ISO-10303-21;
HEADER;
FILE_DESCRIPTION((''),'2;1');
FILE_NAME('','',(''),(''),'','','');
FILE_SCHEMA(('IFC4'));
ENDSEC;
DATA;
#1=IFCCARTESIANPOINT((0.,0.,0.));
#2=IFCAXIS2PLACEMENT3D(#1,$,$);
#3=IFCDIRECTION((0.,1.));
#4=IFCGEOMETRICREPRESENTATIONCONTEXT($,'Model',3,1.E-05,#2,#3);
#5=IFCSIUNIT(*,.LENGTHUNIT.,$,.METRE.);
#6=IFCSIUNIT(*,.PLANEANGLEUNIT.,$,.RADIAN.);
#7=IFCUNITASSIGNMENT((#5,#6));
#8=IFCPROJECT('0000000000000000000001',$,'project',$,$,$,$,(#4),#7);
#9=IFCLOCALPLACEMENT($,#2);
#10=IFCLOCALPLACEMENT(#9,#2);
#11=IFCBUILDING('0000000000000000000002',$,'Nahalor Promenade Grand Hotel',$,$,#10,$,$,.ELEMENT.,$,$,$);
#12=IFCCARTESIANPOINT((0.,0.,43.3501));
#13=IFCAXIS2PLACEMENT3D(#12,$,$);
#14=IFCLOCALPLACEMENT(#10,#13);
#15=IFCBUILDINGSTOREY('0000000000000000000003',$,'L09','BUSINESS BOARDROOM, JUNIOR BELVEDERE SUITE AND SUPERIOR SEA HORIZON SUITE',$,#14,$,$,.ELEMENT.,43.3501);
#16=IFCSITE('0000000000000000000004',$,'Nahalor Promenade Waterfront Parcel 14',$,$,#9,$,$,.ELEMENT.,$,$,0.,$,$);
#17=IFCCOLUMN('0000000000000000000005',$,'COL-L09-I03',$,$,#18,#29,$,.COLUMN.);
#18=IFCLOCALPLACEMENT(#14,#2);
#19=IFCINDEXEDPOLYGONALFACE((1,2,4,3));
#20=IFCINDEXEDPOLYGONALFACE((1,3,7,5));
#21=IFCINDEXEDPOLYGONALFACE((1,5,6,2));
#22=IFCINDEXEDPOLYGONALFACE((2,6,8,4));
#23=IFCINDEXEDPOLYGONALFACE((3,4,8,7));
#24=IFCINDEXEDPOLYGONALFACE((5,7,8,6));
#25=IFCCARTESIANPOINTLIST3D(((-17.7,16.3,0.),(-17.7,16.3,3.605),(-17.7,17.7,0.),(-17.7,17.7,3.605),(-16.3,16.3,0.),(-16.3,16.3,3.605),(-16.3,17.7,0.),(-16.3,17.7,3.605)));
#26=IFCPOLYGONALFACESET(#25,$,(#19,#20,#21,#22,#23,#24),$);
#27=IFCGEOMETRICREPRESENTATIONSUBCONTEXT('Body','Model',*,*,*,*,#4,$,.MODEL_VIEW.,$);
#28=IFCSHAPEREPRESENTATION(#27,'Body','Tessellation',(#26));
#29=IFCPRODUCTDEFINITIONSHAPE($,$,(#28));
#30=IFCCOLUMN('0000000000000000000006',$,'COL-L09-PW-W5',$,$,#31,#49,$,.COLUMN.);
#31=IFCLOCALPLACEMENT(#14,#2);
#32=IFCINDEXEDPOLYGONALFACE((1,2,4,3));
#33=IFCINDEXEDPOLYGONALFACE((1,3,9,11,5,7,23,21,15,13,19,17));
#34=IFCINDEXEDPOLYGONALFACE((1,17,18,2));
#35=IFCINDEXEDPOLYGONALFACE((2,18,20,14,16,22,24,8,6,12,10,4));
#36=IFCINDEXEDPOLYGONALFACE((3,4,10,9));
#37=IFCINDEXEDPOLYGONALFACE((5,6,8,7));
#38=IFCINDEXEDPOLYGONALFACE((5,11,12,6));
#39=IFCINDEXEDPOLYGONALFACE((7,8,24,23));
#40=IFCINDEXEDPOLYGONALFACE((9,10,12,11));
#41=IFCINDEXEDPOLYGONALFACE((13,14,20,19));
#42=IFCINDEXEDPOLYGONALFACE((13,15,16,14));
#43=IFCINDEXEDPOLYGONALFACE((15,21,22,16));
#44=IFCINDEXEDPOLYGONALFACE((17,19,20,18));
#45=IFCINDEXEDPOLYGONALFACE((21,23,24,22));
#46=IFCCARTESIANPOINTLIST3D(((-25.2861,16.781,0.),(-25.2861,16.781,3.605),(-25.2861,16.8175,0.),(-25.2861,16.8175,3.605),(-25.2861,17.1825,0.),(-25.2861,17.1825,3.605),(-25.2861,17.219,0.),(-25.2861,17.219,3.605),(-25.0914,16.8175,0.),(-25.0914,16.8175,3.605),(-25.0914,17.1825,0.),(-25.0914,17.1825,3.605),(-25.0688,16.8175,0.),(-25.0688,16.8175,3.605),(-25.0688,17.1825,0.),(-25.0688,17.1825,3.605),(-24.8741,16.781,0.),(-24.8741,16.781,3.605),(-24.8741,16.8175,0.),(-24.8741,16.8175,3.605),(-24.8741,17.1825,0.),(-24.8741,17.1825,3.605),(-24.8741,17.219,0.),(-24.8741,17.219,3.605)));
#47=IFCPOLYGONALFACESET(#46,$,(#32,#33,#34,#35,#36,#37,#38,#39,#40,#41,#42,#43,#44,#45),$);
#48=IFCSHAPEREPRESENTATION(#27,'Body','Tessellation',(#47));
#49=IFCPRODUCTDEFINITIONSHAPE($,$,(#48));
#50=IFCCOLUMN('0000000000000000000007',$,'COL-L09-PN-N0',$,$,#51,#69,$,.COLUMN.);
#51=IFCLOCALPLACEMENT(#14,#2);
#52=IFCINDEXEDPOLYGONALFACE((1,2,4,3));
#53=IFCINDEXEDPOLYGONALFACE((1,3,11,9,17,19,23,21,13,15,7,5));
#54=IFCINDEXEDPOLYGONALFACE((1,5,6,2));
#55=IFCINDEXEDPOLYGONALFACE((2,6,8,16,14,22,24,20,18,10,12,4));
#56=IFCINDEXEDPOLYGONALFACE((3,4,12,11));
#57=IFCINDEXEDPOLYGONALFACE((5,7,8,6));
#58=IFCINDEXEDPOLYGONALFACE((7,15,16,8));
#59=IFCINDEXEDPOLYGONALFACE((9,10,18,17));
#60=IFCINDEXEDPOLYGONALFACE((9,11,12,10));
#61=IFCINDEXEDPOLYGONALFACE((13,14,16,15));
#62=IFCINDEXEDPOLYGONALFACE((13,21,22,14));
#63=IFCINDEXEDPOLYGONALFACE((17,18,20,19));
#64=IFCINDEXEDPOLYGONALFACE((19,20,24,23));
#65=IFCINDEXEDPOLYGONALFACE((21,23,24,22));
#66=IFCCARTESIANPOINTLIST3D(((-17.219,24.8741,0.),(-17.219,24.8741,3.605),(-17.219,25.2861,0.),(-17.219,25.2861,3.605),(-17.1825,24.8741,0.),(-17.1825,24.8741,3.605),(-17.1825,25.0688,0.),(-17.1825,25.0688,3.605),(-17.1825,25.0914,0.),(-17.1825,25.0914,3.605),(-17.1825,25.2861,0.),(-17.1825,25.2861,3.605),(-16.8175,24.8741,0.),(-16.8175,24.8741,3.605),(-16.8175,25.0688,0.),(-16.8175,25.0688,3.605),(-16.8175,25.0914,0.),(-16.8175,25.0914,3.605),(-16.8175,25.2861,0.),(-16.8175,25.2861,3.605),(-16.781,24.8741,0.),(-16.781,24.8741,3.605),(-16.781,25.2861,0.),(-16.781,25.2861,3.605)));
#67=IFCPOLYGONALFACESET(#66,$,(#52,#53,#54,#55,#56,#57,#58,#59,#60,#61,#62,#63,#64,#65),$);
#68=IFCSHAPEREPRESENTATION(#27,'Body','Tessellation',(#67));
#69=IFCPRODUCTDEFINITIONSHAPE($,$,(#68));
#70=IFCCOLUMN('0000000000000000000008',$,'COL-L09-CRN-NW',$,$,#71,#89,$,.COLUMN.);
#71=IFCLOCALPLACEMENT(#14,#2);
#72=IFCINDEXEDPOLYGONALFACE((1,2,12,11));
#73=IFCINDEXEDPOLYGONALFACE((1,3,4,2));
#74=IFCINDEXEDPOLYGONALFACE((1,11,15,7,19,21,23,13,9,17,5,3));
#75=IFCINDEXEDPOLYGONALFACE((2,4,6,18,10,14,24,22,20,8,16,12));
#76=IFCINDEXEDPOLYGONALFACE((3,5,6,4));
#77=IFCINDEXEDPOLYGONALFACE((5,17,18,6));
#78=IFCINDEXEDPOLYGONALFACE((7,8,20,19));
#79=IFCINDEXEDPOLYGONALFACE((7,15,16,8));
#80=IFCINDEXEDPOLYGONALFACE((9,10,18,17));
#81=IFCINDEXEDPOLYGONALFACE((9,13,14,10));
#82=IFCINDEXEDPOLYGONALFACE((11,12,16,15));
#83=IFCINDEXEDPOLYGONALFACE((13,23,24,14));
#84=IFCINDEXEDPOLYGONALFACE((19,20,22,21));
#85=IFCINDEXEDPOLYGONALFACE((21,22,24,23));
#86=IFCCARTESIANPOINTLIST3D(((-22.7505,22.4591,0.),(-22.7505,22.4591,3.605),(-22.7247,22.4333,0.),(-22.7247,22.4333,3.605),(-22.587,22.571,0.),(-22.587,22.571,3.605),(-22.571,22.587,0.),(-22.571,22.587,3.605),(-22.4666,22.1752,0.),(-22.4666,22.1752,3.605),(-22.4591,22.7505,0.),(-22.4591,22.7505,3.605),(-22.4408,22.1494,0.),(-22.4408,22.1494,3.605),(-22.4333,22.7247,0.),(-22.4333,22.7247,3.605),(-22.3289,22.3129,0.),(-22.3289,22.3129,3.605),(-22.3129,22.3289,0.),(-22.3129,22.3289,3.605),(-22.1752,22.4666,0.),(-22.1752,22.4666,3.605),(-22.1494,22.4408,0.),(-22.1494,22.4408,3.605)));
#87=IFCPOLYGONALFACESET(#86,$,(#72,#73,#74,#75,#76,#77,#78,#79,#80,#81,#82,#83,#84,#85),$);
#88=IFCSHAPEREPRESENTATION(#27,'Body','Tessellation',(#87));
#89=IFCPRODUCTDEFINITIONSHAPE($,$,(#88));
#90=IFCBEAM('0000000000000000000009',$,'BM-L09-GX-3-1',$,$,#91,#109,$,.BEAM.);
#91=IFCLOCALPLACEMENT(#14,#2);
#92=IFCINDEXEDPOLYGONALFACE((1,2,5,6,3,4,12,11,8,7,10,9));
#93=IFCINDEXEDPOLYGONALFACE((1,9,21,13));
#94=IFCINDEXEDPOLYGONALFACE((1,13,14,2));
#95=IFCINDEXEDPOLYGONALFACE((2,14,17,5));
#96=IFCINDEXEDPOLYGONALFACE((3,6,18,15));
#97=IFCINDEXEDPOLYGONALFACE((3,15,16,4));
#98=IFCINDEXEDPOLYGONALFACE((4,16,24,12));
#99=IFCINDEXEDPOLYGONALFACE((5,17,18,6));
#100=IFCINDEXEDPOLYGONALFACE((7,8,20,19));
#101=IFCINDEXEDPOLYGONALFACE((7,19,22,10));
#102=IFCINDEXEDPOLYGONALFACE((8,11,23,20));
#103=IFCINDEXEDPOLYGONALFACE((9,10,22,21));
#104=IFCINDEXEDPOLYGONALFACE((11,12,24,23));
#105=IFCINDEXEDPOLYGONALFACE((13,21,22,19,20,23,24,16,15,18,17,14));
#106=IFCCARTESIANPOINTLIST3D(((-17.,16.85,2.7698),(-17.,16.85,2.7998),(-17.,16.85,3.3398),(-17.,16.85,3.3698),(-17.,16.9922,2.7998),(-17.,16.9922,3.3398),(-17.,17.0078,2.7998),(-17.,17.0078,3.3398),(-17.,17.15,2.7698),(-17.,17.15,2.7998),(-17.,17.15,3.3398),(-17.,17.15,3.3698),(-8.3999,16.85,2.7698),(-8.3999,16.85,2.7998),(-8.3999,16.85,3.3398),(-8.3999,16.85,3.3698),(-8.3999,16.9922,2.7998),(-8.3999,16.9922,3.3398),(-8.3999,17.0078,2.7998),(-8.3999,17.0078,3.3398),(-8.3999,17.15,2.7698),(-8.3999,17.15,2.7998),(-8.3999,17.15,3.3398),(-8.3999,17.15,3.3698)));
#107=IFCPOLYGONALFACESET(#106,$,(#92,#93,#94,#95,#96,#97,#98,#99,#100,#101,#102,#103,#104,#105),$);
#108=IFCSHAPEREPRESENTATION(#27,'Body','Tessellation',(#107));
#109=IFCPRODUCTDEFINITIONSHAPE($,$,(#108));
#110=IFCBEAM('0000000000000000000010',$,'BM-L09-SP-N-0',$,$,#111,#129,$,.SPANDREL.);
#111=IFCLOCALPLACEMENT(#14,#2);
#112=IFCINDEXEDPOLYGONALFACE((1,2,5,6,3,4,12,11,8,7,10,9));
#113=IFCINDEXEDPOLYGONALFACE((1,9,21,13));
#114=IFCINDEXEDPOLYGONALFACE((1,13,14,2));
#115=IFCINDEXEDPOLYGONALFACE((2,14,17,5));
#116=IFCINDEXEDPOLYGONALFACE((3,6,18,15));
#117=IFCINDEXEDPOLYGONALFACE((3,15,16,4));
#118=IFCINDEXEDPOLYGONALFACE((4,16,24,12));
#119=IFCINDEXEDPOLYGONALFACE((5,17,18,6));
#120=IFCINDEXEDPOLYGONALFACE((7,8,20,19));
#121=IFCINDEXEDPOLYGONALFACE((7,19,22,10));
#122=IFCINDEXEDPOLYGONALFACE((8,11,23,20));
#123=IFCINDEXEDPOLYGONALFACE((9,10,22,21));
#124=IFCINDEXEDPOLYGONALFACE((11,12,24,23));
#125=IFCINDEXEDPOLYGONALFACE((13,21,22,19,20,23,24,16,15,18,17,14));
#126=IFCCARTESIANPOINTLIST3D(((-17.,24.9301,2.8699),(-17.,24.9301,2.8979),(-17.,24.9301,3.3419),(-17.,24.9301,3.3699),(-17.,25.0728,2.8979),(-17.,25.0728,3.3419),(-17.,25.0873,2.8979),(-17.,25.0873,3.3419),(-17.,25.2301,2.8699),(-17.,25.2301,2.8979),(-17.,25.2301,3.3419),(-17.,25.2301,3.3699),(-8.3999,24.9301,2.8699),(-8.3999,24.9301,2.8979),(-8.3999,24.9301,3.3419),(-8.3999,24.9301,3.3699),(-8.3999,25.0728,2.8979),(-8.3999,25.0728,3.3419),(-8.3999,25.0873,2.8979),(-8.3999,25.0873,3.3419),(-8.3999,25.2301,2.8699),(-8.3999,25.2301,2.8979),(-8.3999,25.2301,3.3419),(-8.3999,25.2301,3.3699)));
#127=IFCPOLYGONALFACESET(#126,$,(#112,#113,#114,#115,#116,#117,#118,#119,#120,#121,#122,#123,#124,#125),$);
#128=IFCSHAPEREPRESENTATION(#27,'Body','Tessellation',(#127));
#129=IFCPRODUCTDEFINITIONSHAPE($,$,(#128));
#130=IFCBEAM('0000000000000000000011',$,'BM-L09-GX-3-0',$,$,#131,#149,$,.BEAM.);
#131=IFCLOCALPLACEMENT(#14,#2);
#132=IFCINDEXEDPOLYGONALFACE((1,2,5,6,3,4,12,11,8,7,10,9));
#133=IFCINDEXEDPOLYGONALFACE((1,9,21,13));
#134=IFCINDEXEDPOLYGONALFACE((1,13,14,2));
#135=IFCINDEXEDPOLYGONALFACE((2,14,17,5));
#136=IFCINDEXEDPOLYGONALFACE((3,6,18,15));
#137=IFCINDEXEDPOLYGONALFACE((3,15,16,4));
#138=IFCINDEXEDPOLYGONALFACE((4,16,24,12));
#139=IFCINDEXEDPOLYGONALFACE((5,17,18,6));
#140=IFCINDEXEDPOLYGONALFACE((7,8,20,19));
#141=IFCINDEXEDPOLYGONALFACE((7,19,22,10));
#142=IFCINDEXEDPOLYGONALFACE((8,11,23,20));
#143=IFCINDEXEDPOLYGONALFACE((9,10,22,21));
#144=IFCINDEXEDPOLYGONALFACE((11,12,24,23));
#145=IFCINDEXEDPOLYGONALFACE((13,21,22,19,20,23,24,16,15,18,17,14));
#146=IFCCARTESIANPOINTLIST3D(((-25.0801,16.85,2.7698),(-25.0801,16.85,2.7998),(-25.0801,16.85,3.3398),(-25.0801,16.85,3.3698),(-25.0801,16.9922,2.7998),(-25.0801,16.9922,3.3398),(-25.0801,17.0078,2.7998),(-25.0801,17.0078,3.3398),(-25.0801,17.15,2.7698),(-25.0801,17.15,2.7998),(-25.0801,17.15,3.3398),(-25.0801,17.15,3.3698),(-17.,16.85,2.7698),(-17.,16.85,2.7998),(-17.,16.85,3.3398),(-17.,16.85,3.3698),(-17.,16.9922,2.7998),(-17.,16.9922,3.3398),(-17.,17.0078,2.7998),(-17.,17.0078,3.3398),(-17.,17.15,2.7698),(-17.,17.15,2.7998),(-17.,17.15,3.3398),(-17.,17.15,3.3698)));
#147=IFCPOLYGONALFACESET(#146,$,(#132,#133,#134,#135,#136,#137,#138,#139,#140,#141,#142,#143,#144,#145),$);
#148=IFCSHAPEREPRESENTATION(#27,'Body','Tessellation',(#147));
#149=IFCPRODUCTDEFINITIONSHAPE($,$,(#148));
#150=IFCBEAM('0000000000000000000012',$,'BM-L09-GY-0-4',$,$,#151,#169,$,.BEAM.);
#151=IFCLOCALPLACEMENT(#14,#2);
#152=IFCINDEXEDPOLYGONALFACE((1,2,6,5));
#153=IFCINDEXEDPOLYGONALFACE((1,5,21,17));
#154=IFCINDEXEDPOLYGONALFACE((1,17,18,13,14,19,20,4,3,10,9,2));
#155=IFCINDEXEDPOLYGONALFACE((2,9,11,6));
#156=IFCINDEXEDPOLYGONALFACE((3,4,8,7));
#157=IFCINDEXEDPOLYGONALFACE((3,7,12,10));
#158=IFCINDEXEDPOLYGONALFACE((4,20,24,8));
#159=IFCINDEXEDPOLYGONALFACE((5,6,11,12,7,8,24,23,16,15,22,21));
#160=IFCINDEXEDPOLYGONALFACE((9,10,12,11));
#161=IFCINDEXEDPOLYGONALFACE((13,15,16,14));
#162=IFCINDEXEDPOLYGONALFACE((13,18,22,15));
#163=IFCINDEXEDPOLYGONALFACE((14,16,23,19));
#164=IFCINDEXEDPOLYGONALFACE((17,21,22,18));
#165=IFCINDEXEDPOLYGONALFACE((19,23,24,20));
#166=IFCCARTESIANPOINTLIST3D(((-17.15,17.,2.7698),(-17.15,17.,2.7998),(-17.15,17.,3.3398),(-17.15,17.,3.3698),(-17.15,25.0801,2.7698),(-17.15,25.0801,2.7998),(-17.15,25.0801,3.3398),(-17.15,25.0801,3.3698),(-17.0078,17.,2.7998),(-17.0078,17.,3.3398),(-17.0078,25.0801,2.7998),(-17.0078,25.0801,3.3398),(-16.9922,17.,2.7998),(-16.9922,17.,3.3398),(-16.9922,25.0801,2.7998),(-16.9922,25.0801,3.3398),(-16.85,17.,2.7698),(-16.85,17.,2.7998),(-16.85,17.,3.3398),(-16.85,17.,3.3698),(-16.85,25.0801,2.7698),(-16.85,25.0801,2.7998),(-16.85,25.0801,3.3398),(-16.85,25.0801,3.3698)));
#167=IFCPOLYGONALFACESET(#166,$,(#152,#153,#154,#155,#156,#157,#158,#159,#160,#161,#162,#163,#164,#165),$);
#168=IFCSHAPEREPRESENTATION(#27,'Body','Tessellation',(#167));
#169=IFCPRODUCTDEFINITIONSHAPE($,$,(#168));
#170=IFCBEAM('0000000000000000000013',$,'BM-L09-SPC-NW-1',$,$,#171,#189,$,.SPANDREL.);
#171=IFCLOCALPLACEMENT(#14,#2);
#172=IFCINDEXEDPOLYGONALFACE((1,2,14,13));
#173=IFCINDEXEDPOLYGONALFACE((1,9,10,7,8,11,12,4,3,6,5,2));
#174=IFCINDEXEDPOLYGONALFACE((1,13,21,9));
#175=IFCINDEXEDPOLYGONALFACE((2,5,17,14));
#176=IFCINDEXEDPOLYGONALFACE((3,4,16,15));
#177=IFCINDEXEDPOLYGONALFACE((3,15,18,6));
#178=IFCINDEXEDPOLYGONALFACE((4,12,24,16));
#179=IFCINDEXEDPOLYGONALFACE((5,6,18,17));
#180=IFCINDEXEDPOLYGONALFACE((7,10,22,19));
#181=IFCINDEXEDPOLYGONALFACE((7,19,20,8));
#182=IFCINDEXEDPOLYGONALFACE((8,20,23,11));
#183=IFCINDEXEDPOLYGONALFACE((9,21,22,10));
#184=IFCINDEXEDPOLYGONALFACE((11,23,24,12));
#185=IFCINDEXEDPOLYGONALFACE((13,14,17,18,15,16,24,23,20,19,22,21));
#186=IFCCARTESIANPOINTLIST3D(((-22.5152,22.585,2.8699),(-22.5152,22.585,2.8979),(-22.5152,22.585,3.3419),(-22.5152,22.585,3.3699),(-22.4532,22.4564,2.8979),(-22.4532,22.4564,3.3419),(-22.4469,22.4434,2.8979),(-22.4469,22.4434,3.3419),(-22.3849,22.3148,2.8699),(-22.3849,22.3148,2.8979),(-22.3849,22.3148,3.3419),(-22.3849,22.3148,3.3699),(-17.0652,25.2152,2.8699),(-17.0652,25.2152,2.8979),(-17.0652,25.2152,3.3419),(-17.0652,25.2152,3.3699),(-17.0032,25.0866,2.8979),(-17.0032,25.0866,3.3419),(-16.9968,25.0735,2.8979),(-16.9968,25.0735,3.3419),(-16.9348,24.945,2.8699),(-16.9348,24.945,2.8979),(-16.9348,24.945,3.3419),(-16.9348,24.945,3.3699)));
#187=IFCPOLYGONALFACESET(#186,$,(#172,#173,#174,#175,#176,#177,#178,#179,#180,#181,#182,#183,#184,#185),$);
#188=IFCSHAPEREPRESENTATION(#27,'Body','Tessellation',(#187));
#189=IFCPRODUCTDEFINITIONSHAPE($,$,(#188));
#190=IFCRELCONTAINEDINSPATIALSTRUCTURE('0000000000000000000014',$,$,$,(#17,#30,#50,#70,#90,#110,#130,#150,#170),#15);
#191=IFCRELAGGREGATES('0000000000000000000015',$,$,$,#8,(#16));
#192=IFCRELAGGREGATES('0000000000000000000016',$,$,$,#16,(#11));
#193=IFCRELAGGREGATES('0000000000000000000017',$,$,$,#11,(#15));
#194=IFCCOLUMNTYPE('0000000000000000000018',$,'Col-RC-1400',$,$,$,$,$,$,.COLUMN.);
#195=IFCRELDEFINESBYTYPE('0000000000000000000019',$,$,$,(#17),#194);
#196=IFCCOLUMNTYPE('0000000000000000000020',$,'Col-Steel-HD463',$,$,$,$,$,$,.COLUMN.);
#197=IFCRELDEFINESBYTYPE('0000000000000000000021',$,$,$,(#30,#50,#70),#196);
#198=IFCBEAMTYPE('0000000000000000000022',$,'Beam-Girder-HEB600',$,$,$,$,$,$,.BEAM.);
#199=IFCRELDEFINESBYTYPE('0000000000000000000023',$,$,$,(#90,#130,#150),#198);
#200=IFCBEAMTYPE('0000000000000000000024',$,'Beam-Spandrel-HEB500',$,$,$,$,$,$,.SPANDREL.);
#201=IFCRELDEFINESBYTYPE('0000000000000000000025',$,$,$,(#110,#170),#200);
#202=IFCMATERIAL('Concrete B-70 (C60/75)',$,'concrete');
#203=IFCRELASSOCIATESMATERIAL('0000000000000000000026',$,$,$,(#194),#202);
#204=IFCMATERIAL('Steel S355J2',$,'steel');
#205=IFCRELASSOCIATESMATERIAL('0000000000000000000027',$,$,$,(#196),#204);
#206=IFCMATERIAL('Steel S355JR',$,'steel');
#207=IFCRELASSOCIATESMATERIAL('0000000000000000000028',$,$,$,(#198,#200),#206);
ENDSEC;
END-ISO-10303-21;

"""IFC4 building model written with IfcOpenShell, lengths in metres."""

from ifc_helpers import new_model, si_unit, direction, frame, origin, origin_2d, place, context, subcontext, project, spatial, rectangle, i_section, extrude, source, transform, mapped, material, material_profile, profile_set, type_object, element, save


model = new_model("IFC4")

# Units and contexts
model_context = context("Model", 3, precision=1e-05, world=origin(), true_north=direction((0.0, 1.0)))
body_context = subcontext(model_context, "Body", "Model", "MODEL_VIEW")
ifc_project = project(units=[si_unit("LENGTHUNIT", "METRE"), si_unit("PLANEANGLEUNIT", "RADIAN")], contexts=[model_context])

# Site, building, storey
site_placement = place(None, origin())
site = spatial("IfcSite", under=ifc_project, at=site_placement, Name="Nahalor Promenade Waterfront Parcel 14", CompositionType="ELEMENT", RefElevation=0.0)
building_placement = place(site_placement, origin())
building = spatial("IfcBuilding", under=site, at=building_placement, Name="Nahalor Promenade Grand Hotel", CompositionType="ELEMENT")
storey_placement = place(building_placement, frame((0.0, 0.0, 43.3501)))
storey = spatial("IfcBuildingStorey", under=building, at=storey_placement, Name="L09", Description="BUSINESS BOARDROOM, JUNIOR BELVEDERE SUITE AND SUPERIOR SEA HORIZON SUITE", CompositionType="ELEMENT", Elevation=43.3501)

# Columns
ifc_material_1 = material(Name="Concrete B-70 (C60/75)", Category="concrete")
ifc_material_profile_1 = material_profile(ifc_material_1, rectangle(XDim=1.4, YDim=1.4, at=origin_2d()), Name="RC 1400x1400")
ifc_profile_set_1 = profile_set([ifc_material_profile_1], Name="Concrete B-70 (C60/75)")
column_type_1 = type_object("IfcColumnType", Name="Col-RC-1400", PredefinedType="COLUMN", material=ifc_profile_set_1)
shared_shape_1 = source(origin(), body_context, "Body", "SweptSolid", [
    extrude(rectangle(XDim=1.4, YDim=1.4, at=origin_2d()), origin(), (0.0, 0.0, 1.0), 3.605),
])
column_placement = place(storey_placement, frame((-17.0, 17.0, 0.0), z_axis=(0.0, 0.0, 1.0), x_axis=(1.0, 0.0, 0.0)))
element("IfcColumn", 1, at=column_placement, inside=storey, type_object=column_type_1, Name="COL-L09-I03", PredefinedType="COLUMN", context=body_context, shape_type="MappedRepresentation", body=[
    mapped(shared_shape_1, transform((0.0, 0.0, 0.0), scale=1.0)),
])
ifc_material_2 = material(Name="Steel S355J2", Category="steel")
ifc_material_profile_2 = material_profile(ifc_material_2, i_section(OverallWidth=0.412, OverallDepth=0.438, WebThickness=0.0226, FlangeThickness=0.0365, at=origin_2d()), Name="HD 400x463")
ifc_profile_set_2 = profile_set([ifc_material_profile_2], Name="Steel S355J2")
column_type_2 = type_object("IfcColumnType", Name="Col-Steel-HD463", PredefinedType="COLUMN", material=ifc_profile_set_2)
shared_shape_2 = source(origin(), body_context, "Body", "SweptSolid", [
    extrude(i_section(OverallWidth=0.412, OverallDepth=0.438, WebThickness=0.0226, FlangeThickness=0.0365, at=origin_2d()), origin(), (0.0, 0.0, 1.0), 3.605),
])
for number, where, z_axis, x_axis, name in (
    (2, (-25.0801, 17.0, 0.0), (0.0, 0.0, 1.0), (1.0, 0.0, 0.0), "COL-L09-PW-W5"),
    (3, (-17.0, 25.0801, 0.0), (0.0, 0.0, 1.0), (0.0, 1.0, 0.0), "COL-L09-PN-N0"),
    (4, (-22.45, 22.45, 0.0), (0.0, 0.0, 1.0), (0.707107, 0.707107, 0.0), "COL-L09-CRN-NW"),
):
    element("IfcColumn", number, at=place(storey_placement, frame(where, z_axis=z_axis, x_axis=x_axis)), inside=storey, type_object=column_type_2, Name=name, PredefinedType="COLUMN", context=body_context, shape_type="MappedRepresentation", body=[
        mapped(shared_shape_2, transform((0.0, 0.0, 0.0), scale=1.0)),
    ])

# Beams
ifc_material_3 = material(Name="Steel S355JR", Category="steel")
ifc_material_profile_3 = material_profile(ifc_material_3, i_section(OverallWidth=0.3, OverallDepth=0.6, WebThickness=0.0155, FlangeThickness=0.03, at=origin_2d()), Name="HEB 600")
ifc_profile_set_3 = profile_set([ifc_material_profile_3], Name="Steel S355JR")
beam_type_1 = type_object("IfcBeamType", Name="Beam-Girder-HEB600", PredefinedType="BEAM", material=ifc_profile_set_3)
shared_shape_3 = source(origin(), body_context, "Body", "SweptSolid", [
    extrude(i_section(OverallWidth=0.3, OverallDepth=0.6, WebThickness=0.0155, FlangeThickness=0.03, at=origin_2d()), origin(), (0.0, 0.0, 1.0), 8.6001),
])
beam_1_placement = place(storey_placement, frame((-17.0, 17.0, 3.0698), z_axis=(1.0, 0.0, 0.0), x_axis=(0.0, 1.0, 0.0)))
element("IfcBeam", 5, at=beam_1_placement, inside=storey, type_object=beam_type_1, Name="BM-L09-GX-3-1", PredefinedType="BEAM", context=body_context, shape_type="MappedRepresentation", body=[
    mapped(shared_shape_3, transform((0.0, 0.0, 0.0), scale=1.0)),
])
ifc_material_profile_4 = material_profile(ifc_material_3, i_section(OverallWidth=0.3, OverallDepth=0.5, WebThickness=0.0145, FlangeThickness=0.028, at=origin_2d()), Name="HEB 500")
ifc_profile_set_4 = profile_set([ifc_material_profile_4], Name="Steel S355JR")
beam_type_2 = type_object("IfcBeamType", Name="Beam-Spandrel-HEB500", PredefinedType="SPANDREL", material=ifc_profile_set_4)
shared_shape_4 = source(origin(), body_context, "Body", "SweptSolid", [
    extrude(i_section(OverallWidth=0.3, OverallDepth=0.5, WebThickness=0.0145, FlangeThickness=0.028, at=origin_2d()), origin(), (0.0, 0.0, 1.0), 8.6001),
])
beam_2_placement = place(storey_placement, frame((-17.0, 25.0801, 3.1199), z_axis=(1.0, 0.0, 0.0), x_axis=(0.0, 1.0, 0.0)))
element("IfcBeam", 6, at=beam_2_placement, inside=storey, type_object=beam_type_2, Name="BM-L09-SP-N-0", PredefinedType="SPANDREL", context=body_context, shape_type="MappedRepresentation", body=[
    mapped(shared_shape_4, transform((0.0, 0.0, 0.0), scale=1.0)),
])
shared_shape_5 = source(origin(), body_context, "Body", "SweptSolid", [
    extrude(i_section(OverallWidth=0.3, OverallDepth=0.6, WebThickness=0.0155, FlangeThickness=0.03, at=origin_2d()), origin(), (0.0, 0.0, 1.0), 8.0801),
])
for number, where, z_axis, x_axis, name in (
    (7, (-25.0801, 17.0, 3.0698), (1.0, 0.0, 0.0), (0.0, 1.0, 0.0), "BM-L09-GX-3-0"),
    (8, (-17.0, 17.0, 3.0698), (0.0, 1.0, 0.0), (-1.0, 0.0, 0.0), "BM-L09-GY-0-4"),
):
    element("IfcBeam", number, at=place(storey_placement, frame(where, z_axis=z_axis, x_axis=x_axis)), inside=storey, type_object=beam_type_1, Name=name, PredefinedType="BEAM", context=body_context, shape_type="MappedRepresentation", body=[
        mapped(shared_shape_5, transform((0.0, 0.0, 0.0), scale=1.0)),
    ])
shared_shape_6 = source(origin(), body_context, "Body", "SweptSolid", [
    extrude(i_section(OverallWidth=0.3, OverallDepth=0.5, WebThickness=0.0145, FlangeThickness=0.028, at=origin_2d()), origin(), (0.0, 0.0, 1.0), 6.0515),
])
for number, where, z_axis, x_axis, name in (
    (9, (-17.0, 25.0801, 3.1199), (-0.900609, -0.434631, 0.0), (0.434631, -0.900609, 0.0), "BM-L09-SPC-NW-1"),
):
    element("IfcBeam", number, at=place(storey_placement, frame(where, z_axis=z_axis, x_axis=x_axis)), inside=storey, type_object=beam_type_2, Name=name, PredefinedType="SPANDREL", context=body_context, shape_type="MappedRepresentation", body=[
        mapped(shared_shape_6, transform((0.0, 0.0, 0.0), scale=1.0)),
    ])

save(model, "model.ifc")
